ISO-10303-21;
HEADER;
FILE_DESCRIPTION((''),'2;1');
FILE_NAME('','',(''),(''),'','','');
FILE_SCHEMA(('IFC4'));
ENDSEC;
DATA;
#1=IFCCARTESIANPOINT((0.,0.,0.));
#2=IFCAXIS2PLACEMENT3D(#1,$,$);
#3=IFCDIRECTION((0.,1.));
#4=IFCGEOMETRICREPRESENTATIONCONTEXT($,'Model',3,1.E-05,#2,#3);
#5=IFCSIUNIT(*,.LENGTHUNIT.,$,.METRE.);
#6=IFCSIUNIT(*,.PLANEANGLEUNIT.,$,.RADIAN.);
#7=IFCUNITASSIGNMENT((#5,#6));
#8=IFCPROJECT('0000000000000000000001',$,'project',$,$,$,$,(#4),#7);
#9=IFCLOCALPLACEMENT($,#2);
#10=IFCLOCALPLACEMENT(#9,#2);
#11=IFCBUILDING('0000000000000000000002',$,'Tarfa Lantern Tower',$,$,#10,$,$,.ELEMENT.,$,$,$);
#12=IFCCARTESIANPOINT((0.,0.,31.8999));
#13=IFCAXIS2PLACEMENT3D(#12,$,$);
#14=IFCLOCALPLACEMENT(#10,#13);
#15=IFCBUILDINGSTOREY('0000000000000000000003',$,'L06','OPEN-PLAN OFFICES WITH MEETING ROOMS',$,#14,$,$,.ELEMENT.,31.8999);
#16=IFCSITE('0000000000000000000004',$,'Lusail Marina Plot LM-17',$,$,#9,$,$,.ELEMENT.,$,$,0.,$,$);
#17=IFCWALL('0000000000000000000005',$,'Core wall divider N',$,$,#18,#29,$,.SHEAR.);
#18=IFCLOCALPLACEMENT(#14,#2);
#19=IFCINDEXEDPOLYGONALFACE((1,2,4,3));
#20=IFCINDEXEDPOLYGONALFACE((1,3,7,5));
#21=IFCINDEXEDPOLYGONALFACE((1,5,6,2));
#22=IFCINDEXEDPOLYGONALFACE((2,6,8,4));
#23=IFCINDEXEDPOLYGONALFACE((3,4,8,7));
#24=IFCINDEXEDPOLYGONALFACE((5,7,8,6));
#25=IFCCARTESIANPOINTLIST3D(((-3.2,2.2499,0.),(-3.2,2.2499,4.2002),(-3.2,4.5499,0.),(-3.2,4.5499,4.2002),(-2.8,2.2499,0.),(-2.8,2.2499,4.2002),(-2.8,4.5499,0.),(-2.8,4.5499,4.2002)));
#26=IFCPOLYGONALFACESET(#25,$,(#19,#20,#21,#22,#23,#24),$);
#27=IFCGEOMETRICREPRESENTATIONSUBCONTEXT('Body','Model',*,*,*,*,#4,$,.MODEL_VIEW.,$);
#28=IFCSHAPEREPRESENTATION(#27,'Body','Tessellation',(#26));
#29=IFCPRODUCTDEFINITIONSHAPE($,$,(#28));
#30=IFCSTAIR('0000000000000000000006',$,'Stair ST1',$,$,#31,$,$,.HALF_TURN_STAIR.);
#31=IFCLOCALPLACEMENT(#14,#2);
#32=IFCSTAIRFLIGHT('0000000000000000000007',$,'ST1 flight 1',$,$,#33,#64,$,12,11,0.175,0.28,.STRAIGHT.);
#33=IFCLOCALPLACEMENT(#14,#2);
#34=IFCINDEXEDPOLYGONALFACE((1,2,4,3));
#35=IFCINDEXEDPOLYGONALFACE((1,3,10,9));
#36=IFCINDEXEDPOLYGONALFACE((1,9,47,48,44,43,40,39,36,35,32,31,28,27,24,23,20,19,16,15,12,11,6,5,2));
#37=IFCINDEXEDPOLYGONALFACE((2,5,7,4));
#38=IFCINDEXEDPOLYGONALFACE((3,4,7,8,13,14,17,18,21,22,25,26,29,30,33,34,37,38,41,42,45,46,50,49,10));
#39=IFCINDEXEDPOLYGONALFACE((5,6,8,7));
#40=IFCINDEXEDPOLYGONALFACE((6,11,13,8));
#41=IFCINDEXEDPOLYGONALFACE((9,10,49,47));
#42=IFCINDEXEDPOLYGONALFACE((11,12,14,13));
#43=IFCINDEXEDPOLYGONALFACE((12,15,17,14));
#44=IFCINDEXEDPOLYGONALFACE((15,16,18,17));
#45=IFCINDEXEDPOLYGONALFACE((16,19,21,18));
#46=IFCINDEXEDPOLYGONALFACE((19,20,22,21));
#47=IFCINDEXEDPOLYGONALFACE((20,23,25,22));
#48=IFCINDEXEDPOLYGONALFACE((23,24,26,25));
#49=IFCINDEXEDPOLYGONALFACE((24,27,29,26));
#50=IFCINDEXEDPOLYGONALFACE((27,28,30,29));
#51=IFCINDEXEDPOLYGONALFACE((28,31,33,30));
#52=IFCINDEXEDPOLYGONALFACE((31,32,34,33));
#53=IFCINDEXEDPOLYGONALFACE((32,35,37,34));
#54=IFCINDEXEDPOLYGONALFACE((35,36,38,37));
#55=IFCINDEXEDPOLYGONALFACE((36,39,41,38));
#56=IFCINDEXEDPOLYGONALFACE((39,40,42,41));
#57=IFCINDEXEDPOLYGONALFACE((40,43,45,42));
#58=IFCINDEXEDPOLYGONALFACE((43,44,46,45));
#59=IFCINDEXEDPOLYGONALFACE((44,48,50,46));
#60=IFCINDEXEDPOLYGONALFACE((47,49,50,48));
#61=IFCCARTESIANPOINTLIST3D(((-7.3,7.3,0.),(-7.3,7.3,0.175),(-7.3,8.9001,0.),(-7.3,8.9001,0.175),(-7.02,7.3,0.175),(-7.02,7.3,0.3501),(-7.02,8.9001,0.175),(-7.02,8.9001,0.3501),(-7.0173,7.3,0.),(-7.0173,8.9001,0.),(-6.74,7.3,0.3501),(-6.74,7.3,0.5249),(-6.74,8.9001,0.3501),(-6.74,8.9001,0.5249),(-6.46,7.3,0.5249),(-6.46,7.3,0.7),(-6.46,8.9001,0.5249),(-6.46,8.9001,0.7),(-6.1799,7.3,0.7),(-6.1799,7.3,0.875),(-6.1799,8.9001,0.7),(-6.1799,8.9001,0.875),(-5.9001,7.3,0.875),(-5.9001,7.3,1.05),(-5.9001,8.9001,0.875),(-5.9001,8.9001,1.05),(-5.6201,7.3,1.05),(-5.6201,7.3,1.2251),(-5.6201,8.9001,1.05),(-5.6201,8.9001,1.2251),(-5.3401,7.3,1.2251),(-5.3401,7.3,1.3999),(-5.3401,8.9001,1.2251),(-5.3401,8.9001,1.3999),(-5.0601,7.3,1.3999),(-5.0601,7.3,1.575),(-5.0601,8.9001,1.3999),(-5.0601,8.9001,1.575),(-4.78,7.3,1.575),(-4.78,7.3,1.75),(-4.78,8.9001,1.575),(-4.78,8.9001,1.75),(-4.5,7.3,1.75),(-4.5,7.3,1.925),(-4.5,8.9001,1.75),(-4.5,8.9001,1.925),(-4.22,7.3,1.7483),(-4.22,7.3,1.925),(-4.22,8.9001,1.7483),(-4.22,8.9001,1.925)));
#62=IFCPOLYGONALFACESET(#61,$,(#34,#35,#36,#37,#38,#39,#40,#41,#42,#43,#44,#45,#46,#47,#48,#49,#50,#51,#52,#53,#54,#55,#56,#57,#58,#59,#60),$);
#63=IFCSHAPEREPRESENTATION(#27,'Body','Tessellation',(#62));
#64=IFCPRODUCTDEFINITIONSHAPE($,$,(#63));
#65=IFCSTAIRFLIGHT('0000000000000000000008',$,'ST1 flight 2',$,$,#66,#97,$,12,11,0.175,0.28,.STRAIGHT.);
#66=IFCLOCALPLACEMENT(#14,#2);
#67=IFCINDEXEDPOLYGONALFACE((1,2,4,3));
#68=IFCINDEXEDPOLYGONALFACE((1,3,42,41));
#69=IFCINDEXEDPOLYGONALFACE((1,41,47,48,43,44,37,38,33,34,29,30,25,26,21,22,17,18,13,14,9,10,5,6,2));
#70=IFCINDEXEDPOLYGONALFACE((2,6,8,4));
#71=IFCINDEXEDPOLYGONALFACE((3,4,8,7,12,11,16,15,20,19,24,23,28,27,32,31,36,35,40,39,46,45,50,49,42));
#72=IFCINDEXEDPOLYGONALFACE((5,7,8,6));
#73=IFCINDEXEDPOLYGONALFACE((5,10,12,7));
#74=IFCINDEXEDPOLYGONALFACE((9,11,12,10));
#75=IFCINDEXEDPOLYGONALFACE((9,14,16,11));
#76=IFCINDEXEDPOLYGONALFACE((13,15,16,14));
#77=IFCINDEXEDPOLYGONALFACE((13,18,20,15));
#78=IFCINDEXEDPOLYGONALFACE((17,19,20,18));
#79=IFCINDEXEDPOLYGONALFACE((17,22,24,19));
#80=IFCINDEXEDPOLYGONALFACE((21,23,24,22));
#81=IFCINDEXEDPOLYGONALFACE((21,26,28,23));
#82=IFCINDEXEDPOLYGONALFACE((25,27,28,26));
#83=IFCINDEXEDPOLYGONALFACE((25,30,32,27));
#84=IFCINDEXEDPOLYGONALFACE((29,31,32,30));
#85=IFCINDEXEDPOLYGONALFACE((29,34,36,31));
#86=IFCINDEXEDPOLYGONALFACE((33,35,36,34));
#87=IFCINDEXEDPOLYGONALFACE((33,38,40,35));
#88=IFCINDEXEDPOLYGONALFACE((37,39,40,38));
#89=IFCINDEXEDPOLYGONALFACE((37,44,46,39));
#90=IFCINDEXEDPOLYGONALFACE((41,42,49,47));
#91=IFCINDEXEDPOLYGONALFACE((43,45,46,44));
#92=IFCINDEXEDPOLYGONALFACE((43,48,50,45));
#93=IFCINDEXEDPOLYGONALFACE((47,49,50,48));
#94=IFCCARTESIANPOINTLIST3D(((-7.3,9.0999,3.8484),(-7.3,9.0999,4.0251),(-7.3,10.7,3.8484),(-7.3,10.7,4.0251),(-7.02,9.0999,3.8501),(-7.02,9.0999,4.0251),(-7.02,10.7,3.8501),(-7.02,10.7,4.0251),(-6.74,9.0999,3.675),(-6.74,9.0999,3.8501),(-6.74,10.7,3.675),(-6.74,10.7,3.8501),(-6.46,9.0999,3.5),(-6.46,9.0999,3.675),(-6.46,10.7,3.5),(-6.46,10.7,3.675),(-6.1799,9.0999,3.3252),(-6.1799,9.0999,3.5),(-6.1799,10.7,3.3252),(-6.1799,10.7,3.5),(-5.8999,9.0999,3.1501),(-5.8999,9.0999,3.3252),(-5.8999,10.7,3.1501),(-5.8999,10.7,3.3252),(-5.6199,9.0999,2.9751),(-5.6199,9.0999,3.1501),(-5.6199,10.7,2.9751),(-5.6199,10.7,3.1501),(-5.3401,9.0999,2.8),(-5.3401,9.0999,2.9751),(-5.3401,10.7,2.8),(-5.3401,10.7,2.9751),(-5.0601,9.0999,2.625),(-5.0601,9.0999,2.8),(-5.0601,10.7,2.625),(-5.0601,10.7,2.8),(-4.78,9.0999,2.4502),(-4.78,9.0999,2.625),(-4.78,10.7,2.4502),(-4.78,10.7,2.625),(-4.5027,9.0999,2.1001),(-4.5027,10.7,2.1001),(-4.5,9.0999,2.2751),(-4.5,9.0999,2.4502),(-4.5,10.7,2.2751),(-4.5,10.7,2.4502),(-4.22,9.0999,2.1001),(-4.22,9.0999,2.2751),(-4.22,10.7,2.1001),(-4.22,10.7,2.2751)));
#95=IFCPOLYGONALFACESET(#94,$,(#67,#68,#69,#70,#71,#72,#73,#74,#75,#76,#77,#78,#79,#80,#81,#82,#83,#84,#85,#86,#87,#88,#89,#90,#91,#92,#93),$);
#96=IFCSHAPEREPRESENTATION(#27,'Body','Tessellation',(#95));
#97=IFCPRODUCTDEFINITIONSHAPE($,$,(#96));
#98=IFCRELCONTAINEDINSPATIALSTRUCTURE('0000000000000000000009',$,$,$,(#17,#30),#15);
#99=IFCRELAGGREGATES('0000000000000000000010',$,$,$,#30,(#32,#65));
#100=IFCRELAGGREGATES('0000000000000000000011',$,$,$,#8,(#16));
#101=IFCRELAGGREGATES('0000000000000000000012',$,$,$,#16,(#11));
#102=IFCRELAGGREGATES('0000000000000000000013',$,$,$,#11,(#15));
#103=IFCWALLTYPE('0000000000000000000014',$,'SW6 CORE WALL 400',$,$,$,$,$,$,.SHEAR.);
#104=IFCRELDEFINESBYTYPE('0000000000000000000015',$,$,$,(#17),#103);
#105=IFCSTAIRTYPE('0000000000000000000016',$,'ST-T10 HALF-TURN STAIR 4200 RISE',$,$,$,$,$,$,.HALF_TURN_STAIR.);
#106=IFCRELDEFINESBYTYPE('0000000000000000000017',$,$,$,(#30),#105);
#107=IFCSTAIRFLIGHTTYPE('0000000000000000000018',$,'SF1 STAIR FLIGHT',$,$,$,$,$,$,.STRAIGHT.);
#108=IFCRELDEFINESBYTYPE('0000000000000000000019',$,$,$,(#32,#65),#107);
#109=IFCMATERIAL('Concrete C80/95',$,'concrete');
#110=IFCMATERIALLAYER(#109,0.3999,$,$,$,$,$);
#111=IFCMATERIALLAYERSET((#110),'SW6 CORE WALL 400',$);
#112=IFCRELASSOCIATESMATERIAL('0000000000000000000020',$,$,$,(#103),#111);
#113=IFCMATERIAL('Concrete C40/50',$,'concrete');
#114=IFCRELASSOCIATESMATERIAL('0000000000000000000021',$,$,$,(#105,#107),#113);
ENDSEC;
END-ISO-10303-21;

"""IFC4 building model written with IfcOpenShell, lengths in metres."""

from ifc_helpers import new_model, si_unit, direction, frame, frame_2d, origin, place, context, subcontext, project, spatial, polyline, rectangle, outline, extrude, material, layer, layer_set, type_object, element, aggregate, save


model = new_model("IFC4")

# Units and contexts
model_context = context("Model", 3, precision=1e-05, world=origin(), true_north=direction((0.0, 1.0)))
body_context = subcontext(model_context, "Body", "Model", "MODEL_VIEW")
ifc_project = project(units=[si_unit("LENGTHUNIT", "METRE"), si_unit("PLANEANGLEUNIT", "RADIAN")], contexts=[model_context])

# Site, building, storey
site_placement = place(None, origin())
site = spatial("IfcSite", under=ifc_project, at=site_placement, Name="Lusail Marina Plot LM-17", CompositionType="ELEMENT", RefElevation=0.0)
building_placement = place(site_placement, origin())
building = spatial("IfcBuilding", under=site, at=building_placement, Name="Tarfa Lantern Tower", CompositionType="ELEMENT")
storey_placement = place(building_placement, frame((0.0, 0.0, 31.8999)))
storey = spatial("IfcBuildingStorey", under=building, at=storey_placement, Name="L06", Description="OPEN-PLAN OFFICES WITH MEETING ROOMS", CompositionType="ELEMENT", Elevation=31.8999)

# Shared definitions
ifc_material_1 = material(Name="Concrete C80/95", Category="concrete")

# Wall
ifc_layer_1 = layer(ifc_material_1, 0.3999)
ifc_layer_set_1 = layer_set([ifc_layer_1], Name="SW6 CORE WALL 400")
wall_type_1 = type_object("IfcWallType", Name="SW6 CORE WALL 400", PredefinedType="SHEAR", material=ifc_layer_set_1)
for number, where, z_axis, x_axis, name in (
    (1, (-3.0, 2.25, 0.0), (0.0, 0.0, 1.0), (0.0, 1.0, 0.0), "Core wall divider N"),
):
    element("IfcWall", number, at=place(storey_placement, frame(where, z_axis=z_axis, x_axis=x_axis)), inside=storey, type_object=wall_type_1, Name=name, PredefinedType="SHEAR", context=body_context, shape_type="SweptSolid", body=[
        extrude(rectangle(XDim=2.3, YDim=0.3999, at=frame_2d((1.1499, 0.0))), origin(), (0.0, 0.0, 1.0), 4.2002),
    ])

# Stair, stair flights
ifc_material_2 = material(Name="Concrete C40/50", Category="concrete")
stair_type = type_object("IfcStairType", Name="ST-T10 HALF-TURN STAIR 4200 RISE", PredefinedType="HALF_TURN_STAIR", material=ifc_material_2)
stair_placement = place(storey_placement, origin())
stair = element("IfcStair", 2, at=stair_placement, inside=storey, type_object=stair_type, Name="Stair ST1", PredefinedType="HALF_TURN_STAIR")
stair_flight_type = type_object("IfcStairFlightType", Name="SF1 STAIR FLIGHT", PredefinedType="STRAIGHT", material=ifc_material_2)
stair_flight_1_placement = place(storey_placement, frame((-7.3, 8.1001, 0.0), z_axis=(0.0, 0.0, 1.0), x_axis=(1.0, 0.0, 0.0)))
stair_flight_1 = element("IfcStairFlight", 3, at=stair_flight_1_placement, type_object=stair_flight_type, Name="ST1 flight 1", NumberOfRisers=12, NumberOfTreads=11, PredefinedType="STRAIGHT", RiserHeight=0.175, TreadLength=0.28, context=body_context, shape_type="SweptSolid", body=[
    extrude(outline(polyline([(0.0, 0.0), (0.0, 0.175), (0.28, 0.175), (0.28, 0.3501), (0.5601, 0.3501), (0.5601, 0.5249), (0.8401, 0.5249), (0.8401, 0.7), (1.1201, 0.7), (1.1201, 0.875), (1.3999, 0.875), (1.3999, 1.05), (1.6799, 1.05), (1.6799, 1.2251), (1.96, 1.2251), (1.96, 1.3999), (2.24, 1.3999), (2.24, 1.575), (2.52, 1.575), (2.52, 1.75), (2.8, 1.75), (2.8, 1.925), (3.0801, 1.925), (3.0801, 2.1001), (3.0801, 1.7483), (0.2827, 0.0), (0.0, 0.0)])), frame((0.0, 0.8, 0.0), z_axis=(0.0, -1.0, 0.0), x_axis=(1.0, 0.0, 0.0)), (0.0, 0.0, 1.0), 1.6001),
])
stair_flight_2_placement = place(storey_placement, frame((-4.22, 9.8999, 2.1001), z_axis=(0.0, 0.0, 1.0), x_axis=(-1.0, 0.0, 0.0)))
stair_flight_2 = element("IfcStairFlight", 4, at=stair_flight_2_placement, type_object=stair_flight_type, Name="ST1 flight 2", NumberOfRisers=12, NumberOfTreads=11, PredefinedType="STRAIGHT", RiserHeight=0.175, TreadLength=0.28, context=body_context, shape_type="SweptSolid", body=[
    extrude(outline(polyline([(0.0, 0.0), (0.0, 0.175), (0.28, 0.175), (0.28, 0.3501), (0.5601, 0.3501), (0.5601, 0.5249), (0.8401, 0.5249), (0.8401, 0.7), (1.1201, 0.7), (1.1201, 0.875), (1.3999, 0.875), (1.3999, 1.05), (1.6799, 1.05), (1.6799, 1.2251), (1.96, 1.2251), (1.96, 1.3999), (2.24, 1.3999), (2.24, 1.575), (2.52, 1.575), (2.52, 1.75), (2.8, 1.75), (2.8, 1.925), (3.0801, 1.925), (3.0801, 2.1001), (3.0801, 1.7483), (0.2827, 0.0), (0.0, 0.0)])), frame((0.0, 0.8, 0.0), z_axis=(0.0, -1.0, 0.0), x_axis=(1.0, 0.0, 0.0)), (0.0, 0.0, 1.0), 1.6001),
])
aggregate(stair, [stair_flight_1, stair_flight_2])

save(model, "model.ifc")
